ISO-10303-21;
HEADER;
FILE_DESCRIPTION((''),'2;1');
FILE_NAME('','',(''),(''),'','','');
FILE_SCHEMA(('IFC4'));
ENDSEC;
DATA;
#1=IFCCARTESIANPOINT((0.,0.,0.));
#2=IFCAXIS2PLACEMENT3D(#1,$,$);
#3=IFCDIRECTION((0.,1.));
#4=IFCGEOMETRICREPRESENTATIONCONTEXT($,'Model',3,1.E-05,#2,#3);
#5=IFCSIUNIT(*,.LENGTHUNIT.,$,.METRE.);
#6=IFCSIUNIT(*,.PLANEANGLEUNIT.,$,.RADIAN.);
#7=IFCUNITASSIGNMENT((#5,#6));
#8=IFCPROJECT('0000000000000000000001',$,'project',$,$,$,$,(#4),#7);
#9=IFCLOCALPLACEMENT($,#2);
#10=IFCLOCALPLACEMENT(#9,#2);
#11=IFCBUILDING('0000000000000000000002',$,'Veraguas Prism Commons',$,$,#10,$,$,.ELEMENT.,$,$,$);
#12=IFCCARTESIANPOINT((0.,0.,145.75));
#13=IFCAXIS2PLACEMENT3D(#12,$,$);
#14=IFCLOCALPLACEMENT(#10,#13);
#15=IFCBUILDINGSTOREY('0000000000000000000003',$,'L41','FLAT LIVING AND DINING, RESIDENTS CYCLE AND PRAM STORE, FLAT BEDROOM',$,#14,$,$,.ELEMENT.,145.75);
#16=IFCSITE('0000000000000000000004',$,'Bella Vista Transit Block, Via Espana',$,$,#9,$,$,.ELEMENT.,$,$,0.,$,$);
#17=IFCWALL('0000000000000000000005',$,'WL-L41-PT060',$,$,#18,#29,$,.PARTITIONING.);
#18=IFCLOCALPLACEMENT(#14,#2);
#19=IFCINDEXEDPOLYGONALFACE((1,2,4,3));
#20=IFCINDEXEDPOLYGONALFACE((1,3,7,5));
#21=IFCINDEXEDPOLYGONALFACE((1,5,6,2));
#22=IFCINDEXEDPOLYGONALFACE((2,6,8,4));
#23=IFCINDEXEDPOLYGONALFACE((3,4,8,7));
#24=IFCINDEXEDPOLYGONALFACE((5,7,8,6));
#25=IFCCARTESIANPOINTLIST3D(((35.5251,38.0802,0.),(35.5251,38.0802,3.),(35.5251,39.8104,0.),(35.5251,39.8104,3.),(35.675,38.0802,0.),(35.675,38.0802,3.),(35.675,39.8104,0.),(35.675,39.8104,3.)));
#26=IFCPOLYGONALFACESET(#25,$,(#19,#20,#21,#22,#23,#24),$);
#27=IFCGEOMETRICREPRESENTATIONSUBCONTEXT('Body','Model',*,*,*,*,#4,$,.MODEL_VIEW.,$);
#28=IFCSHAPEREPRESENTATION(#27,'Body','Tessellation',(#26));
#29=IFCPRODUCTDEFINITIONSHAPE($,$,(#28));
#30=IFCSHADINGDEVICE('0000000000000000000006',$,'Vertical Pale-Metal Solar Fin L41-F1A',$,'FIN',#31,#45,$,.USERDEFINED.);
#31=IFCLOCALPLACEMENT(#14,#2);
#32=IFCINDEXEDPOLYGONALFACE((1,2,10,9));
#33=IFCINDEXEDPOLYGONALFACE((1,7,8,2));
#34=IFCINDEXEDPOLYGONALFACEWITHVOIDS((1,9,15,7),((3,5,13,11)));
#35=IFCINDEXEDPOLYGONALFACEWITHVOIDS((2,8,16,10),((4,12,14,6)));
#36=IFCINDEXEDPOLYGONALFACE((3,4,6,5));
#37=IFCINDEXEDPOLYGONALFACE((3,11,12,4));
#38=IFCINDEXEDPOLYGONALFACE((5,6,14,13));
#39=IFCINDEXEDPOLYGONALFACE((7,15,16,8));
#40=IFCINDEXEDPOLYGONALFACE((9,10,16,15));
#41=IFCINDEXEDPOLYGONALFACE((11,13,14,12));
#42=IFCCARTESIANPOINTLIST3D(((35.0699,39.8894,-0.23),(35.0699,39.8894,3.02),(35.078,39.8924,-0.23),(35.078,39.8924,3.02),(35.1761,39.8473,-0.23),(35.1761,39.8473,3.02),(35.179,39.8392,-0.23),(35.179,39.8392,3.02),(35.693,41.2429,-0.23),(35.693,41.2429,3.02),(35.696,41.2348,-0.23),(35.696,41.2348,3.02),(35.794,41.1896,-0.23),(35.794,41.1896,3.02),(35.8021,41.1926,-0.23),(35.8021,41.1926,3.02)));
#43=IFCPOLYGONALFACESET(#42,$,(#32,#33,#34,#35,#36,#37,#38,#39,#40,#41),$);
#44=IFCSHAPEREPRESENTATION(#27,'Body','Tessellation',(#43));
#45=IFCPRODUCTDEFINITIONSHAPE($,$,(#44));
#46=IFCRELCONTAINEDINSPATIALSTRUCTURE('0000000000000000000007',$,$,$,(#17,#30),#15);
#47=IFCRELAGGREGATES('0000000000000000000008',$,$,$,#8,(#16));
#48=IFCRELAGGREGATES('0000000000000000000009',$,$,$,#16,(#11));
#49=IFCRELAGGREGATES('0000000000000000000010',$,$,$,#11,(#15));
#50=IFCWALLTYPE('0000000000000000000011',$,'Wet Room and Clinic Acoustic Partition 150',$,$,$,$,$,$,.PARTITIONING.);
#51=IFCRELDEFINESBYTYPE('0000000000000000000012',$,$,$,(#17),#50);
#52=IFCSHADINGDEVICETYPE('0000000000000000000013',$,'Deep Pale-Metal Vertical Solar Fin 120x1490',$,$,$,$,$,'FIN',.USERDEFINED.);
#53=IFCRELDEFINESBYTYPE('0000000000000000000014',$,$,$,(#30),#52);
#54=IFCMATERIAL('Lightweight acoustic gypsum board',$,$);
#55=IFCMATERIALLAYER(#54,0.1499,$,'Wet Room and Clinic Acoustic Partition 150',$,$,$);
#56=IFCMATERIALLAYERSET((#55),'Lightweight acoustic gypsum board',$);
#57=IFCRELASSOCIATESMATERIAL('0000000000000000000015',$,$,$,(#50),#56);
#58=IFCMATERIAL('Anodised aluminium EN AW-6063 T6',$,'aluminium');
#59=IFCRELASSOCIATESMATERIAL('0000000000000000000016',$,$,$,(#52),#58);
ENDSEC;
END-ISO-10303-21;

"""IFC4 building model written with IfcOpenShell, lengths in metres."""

from ifc_helpers import new_model, si_unit, direction, frame, frame_2d, origin, origin_2d, place, context, subcontext, project, spatial, rectangle, hollow_rectangle, extrude, material, layer, layer_set, material_profile, profile_set, type_object, element, save


model = new_model("IFC4")

# Units and contexts
model_context = context("Model", 3, precision=1e-05, world=origin(), true_north=direction((0.0, 1.0)))
body_context = subcontext(model_context, "Body", "Model", "MODEL_VIEW")
ifc_project = project(units=[si_unit("LENGTHUNIT", "METRE"), si_unit("PLANEANGLEUNIT", "RADIAN")], contexts=[model_context])

# Site, building, storey
site_placement = place(None, origin())
site = spatial("IfcSite", under=ifc_project, at=site_placement, Name="Bella Vista Transit Block, Via Espana", CompositionType="ELEMENT", RefElevation=0.0)
building_placement = place(site_placement, origin())
building = spatial("IfcBuilding", under=site, at=building_placement, Name="Veraguas Prism Commons", CompositionType="ELEMENT")
storey_placement = place(building_placement, frame((0.0, 0.0, 145.75)))
storey = spatial("IfcBuildingStorey", under=building, at=storey_placement, Name="L41", Description="FLAT LIVING AND DINING, RESIDENTS CYCLE AND PRAM STORE, FLAT BEDROOM", CompositionType="ELEMENT", Elevation=145.75)

# Shared definitions
ifc_material_1 = material(Name="Anodised aluminium EN AW-6063 T6", Category="aluminium")

# Shared definitions
ifc_material_2 = material(Name="Lightweight acoustic gypsum board")

# Wall
ifc_layer_1 = layer(ifc_material_2, 0.1499, Name="Wet Room and Clinic Acoustic Partition 150")
ifc_layer_set_1 = layer_set([ifc_layer_1], Name="Lightweight acoustic gypsum board")
wall_type_1 = type_object("IfcWallType", Name="Wet Room and Clinic Acoustic Partition 150", PredefinedType="PARTITIONING", material=ifc_layer_set_1)
wall_1_placement = place(storey_placement, frame((35.6001, 38.0801, 0.0), z_axis=(0.0, 0.0, 1.0), x_axis=(0.0, 1.0, 0.0)))
element("IfcWall", 1, at=wall_1_placement, inside=storey, type_object=wall_type_1, Name="WL-L41-PT060", PredefinedType="PARTITIONING", context=body_context, shape_type="SweptSolid", body=[
    extrude(rectangle(XDim=1.7302, YDim=0.1499, at=frame_2d((0.8652, 0.0))), origin(), (0.0, 0.0, 1.0), 3.0),
])

# Shading device
ifc_material_profile_1 = material_profile(ifc_material_1, hollow_rectangle(XDim=0.1201, YDim=1.49, WallThickness=0.0061, at=origin_2d()), Name="FIN120X1490X6")
ifc_profile_set_1 = profile_set([ifc_material_profile_1], Name="Anodised aluminium EN AW-6063 T6")
shading_device_type = type_object("IfcShadingDeviceType", Name="Deep Pale-Metal Vertical Solar Fin 120x1490", ElementType="FIN", PredefinedType="USERDEFINED", material=ifc_profile_set_1)
shading_device_placement = place(storey_placement, frame((35.436, 40.541, -0.23), z_axis=(0.0, 0.0, 1.0), x_axis=(-0.908362, 0.418184, 0.0)))
element("IfcShadingDevice", 2, at=shading_device_placement, inside=storey, type_object=shading_device_type, Name="Vertical Pale-Metal Solar Fin L41-F1A", ObjectType="FIN", PredefinedType="USERDEFINED", context=body_context, shape_type="SweptSolid", body=[
    extrude(hollow_rectangle(XDim=0.1201, YDim=1.49, WallThickness=0.0061, at=origin_2d()), origin(), (0.0, 0.0, 1.0), 3.25),
])

save(model, "model.ifc")
